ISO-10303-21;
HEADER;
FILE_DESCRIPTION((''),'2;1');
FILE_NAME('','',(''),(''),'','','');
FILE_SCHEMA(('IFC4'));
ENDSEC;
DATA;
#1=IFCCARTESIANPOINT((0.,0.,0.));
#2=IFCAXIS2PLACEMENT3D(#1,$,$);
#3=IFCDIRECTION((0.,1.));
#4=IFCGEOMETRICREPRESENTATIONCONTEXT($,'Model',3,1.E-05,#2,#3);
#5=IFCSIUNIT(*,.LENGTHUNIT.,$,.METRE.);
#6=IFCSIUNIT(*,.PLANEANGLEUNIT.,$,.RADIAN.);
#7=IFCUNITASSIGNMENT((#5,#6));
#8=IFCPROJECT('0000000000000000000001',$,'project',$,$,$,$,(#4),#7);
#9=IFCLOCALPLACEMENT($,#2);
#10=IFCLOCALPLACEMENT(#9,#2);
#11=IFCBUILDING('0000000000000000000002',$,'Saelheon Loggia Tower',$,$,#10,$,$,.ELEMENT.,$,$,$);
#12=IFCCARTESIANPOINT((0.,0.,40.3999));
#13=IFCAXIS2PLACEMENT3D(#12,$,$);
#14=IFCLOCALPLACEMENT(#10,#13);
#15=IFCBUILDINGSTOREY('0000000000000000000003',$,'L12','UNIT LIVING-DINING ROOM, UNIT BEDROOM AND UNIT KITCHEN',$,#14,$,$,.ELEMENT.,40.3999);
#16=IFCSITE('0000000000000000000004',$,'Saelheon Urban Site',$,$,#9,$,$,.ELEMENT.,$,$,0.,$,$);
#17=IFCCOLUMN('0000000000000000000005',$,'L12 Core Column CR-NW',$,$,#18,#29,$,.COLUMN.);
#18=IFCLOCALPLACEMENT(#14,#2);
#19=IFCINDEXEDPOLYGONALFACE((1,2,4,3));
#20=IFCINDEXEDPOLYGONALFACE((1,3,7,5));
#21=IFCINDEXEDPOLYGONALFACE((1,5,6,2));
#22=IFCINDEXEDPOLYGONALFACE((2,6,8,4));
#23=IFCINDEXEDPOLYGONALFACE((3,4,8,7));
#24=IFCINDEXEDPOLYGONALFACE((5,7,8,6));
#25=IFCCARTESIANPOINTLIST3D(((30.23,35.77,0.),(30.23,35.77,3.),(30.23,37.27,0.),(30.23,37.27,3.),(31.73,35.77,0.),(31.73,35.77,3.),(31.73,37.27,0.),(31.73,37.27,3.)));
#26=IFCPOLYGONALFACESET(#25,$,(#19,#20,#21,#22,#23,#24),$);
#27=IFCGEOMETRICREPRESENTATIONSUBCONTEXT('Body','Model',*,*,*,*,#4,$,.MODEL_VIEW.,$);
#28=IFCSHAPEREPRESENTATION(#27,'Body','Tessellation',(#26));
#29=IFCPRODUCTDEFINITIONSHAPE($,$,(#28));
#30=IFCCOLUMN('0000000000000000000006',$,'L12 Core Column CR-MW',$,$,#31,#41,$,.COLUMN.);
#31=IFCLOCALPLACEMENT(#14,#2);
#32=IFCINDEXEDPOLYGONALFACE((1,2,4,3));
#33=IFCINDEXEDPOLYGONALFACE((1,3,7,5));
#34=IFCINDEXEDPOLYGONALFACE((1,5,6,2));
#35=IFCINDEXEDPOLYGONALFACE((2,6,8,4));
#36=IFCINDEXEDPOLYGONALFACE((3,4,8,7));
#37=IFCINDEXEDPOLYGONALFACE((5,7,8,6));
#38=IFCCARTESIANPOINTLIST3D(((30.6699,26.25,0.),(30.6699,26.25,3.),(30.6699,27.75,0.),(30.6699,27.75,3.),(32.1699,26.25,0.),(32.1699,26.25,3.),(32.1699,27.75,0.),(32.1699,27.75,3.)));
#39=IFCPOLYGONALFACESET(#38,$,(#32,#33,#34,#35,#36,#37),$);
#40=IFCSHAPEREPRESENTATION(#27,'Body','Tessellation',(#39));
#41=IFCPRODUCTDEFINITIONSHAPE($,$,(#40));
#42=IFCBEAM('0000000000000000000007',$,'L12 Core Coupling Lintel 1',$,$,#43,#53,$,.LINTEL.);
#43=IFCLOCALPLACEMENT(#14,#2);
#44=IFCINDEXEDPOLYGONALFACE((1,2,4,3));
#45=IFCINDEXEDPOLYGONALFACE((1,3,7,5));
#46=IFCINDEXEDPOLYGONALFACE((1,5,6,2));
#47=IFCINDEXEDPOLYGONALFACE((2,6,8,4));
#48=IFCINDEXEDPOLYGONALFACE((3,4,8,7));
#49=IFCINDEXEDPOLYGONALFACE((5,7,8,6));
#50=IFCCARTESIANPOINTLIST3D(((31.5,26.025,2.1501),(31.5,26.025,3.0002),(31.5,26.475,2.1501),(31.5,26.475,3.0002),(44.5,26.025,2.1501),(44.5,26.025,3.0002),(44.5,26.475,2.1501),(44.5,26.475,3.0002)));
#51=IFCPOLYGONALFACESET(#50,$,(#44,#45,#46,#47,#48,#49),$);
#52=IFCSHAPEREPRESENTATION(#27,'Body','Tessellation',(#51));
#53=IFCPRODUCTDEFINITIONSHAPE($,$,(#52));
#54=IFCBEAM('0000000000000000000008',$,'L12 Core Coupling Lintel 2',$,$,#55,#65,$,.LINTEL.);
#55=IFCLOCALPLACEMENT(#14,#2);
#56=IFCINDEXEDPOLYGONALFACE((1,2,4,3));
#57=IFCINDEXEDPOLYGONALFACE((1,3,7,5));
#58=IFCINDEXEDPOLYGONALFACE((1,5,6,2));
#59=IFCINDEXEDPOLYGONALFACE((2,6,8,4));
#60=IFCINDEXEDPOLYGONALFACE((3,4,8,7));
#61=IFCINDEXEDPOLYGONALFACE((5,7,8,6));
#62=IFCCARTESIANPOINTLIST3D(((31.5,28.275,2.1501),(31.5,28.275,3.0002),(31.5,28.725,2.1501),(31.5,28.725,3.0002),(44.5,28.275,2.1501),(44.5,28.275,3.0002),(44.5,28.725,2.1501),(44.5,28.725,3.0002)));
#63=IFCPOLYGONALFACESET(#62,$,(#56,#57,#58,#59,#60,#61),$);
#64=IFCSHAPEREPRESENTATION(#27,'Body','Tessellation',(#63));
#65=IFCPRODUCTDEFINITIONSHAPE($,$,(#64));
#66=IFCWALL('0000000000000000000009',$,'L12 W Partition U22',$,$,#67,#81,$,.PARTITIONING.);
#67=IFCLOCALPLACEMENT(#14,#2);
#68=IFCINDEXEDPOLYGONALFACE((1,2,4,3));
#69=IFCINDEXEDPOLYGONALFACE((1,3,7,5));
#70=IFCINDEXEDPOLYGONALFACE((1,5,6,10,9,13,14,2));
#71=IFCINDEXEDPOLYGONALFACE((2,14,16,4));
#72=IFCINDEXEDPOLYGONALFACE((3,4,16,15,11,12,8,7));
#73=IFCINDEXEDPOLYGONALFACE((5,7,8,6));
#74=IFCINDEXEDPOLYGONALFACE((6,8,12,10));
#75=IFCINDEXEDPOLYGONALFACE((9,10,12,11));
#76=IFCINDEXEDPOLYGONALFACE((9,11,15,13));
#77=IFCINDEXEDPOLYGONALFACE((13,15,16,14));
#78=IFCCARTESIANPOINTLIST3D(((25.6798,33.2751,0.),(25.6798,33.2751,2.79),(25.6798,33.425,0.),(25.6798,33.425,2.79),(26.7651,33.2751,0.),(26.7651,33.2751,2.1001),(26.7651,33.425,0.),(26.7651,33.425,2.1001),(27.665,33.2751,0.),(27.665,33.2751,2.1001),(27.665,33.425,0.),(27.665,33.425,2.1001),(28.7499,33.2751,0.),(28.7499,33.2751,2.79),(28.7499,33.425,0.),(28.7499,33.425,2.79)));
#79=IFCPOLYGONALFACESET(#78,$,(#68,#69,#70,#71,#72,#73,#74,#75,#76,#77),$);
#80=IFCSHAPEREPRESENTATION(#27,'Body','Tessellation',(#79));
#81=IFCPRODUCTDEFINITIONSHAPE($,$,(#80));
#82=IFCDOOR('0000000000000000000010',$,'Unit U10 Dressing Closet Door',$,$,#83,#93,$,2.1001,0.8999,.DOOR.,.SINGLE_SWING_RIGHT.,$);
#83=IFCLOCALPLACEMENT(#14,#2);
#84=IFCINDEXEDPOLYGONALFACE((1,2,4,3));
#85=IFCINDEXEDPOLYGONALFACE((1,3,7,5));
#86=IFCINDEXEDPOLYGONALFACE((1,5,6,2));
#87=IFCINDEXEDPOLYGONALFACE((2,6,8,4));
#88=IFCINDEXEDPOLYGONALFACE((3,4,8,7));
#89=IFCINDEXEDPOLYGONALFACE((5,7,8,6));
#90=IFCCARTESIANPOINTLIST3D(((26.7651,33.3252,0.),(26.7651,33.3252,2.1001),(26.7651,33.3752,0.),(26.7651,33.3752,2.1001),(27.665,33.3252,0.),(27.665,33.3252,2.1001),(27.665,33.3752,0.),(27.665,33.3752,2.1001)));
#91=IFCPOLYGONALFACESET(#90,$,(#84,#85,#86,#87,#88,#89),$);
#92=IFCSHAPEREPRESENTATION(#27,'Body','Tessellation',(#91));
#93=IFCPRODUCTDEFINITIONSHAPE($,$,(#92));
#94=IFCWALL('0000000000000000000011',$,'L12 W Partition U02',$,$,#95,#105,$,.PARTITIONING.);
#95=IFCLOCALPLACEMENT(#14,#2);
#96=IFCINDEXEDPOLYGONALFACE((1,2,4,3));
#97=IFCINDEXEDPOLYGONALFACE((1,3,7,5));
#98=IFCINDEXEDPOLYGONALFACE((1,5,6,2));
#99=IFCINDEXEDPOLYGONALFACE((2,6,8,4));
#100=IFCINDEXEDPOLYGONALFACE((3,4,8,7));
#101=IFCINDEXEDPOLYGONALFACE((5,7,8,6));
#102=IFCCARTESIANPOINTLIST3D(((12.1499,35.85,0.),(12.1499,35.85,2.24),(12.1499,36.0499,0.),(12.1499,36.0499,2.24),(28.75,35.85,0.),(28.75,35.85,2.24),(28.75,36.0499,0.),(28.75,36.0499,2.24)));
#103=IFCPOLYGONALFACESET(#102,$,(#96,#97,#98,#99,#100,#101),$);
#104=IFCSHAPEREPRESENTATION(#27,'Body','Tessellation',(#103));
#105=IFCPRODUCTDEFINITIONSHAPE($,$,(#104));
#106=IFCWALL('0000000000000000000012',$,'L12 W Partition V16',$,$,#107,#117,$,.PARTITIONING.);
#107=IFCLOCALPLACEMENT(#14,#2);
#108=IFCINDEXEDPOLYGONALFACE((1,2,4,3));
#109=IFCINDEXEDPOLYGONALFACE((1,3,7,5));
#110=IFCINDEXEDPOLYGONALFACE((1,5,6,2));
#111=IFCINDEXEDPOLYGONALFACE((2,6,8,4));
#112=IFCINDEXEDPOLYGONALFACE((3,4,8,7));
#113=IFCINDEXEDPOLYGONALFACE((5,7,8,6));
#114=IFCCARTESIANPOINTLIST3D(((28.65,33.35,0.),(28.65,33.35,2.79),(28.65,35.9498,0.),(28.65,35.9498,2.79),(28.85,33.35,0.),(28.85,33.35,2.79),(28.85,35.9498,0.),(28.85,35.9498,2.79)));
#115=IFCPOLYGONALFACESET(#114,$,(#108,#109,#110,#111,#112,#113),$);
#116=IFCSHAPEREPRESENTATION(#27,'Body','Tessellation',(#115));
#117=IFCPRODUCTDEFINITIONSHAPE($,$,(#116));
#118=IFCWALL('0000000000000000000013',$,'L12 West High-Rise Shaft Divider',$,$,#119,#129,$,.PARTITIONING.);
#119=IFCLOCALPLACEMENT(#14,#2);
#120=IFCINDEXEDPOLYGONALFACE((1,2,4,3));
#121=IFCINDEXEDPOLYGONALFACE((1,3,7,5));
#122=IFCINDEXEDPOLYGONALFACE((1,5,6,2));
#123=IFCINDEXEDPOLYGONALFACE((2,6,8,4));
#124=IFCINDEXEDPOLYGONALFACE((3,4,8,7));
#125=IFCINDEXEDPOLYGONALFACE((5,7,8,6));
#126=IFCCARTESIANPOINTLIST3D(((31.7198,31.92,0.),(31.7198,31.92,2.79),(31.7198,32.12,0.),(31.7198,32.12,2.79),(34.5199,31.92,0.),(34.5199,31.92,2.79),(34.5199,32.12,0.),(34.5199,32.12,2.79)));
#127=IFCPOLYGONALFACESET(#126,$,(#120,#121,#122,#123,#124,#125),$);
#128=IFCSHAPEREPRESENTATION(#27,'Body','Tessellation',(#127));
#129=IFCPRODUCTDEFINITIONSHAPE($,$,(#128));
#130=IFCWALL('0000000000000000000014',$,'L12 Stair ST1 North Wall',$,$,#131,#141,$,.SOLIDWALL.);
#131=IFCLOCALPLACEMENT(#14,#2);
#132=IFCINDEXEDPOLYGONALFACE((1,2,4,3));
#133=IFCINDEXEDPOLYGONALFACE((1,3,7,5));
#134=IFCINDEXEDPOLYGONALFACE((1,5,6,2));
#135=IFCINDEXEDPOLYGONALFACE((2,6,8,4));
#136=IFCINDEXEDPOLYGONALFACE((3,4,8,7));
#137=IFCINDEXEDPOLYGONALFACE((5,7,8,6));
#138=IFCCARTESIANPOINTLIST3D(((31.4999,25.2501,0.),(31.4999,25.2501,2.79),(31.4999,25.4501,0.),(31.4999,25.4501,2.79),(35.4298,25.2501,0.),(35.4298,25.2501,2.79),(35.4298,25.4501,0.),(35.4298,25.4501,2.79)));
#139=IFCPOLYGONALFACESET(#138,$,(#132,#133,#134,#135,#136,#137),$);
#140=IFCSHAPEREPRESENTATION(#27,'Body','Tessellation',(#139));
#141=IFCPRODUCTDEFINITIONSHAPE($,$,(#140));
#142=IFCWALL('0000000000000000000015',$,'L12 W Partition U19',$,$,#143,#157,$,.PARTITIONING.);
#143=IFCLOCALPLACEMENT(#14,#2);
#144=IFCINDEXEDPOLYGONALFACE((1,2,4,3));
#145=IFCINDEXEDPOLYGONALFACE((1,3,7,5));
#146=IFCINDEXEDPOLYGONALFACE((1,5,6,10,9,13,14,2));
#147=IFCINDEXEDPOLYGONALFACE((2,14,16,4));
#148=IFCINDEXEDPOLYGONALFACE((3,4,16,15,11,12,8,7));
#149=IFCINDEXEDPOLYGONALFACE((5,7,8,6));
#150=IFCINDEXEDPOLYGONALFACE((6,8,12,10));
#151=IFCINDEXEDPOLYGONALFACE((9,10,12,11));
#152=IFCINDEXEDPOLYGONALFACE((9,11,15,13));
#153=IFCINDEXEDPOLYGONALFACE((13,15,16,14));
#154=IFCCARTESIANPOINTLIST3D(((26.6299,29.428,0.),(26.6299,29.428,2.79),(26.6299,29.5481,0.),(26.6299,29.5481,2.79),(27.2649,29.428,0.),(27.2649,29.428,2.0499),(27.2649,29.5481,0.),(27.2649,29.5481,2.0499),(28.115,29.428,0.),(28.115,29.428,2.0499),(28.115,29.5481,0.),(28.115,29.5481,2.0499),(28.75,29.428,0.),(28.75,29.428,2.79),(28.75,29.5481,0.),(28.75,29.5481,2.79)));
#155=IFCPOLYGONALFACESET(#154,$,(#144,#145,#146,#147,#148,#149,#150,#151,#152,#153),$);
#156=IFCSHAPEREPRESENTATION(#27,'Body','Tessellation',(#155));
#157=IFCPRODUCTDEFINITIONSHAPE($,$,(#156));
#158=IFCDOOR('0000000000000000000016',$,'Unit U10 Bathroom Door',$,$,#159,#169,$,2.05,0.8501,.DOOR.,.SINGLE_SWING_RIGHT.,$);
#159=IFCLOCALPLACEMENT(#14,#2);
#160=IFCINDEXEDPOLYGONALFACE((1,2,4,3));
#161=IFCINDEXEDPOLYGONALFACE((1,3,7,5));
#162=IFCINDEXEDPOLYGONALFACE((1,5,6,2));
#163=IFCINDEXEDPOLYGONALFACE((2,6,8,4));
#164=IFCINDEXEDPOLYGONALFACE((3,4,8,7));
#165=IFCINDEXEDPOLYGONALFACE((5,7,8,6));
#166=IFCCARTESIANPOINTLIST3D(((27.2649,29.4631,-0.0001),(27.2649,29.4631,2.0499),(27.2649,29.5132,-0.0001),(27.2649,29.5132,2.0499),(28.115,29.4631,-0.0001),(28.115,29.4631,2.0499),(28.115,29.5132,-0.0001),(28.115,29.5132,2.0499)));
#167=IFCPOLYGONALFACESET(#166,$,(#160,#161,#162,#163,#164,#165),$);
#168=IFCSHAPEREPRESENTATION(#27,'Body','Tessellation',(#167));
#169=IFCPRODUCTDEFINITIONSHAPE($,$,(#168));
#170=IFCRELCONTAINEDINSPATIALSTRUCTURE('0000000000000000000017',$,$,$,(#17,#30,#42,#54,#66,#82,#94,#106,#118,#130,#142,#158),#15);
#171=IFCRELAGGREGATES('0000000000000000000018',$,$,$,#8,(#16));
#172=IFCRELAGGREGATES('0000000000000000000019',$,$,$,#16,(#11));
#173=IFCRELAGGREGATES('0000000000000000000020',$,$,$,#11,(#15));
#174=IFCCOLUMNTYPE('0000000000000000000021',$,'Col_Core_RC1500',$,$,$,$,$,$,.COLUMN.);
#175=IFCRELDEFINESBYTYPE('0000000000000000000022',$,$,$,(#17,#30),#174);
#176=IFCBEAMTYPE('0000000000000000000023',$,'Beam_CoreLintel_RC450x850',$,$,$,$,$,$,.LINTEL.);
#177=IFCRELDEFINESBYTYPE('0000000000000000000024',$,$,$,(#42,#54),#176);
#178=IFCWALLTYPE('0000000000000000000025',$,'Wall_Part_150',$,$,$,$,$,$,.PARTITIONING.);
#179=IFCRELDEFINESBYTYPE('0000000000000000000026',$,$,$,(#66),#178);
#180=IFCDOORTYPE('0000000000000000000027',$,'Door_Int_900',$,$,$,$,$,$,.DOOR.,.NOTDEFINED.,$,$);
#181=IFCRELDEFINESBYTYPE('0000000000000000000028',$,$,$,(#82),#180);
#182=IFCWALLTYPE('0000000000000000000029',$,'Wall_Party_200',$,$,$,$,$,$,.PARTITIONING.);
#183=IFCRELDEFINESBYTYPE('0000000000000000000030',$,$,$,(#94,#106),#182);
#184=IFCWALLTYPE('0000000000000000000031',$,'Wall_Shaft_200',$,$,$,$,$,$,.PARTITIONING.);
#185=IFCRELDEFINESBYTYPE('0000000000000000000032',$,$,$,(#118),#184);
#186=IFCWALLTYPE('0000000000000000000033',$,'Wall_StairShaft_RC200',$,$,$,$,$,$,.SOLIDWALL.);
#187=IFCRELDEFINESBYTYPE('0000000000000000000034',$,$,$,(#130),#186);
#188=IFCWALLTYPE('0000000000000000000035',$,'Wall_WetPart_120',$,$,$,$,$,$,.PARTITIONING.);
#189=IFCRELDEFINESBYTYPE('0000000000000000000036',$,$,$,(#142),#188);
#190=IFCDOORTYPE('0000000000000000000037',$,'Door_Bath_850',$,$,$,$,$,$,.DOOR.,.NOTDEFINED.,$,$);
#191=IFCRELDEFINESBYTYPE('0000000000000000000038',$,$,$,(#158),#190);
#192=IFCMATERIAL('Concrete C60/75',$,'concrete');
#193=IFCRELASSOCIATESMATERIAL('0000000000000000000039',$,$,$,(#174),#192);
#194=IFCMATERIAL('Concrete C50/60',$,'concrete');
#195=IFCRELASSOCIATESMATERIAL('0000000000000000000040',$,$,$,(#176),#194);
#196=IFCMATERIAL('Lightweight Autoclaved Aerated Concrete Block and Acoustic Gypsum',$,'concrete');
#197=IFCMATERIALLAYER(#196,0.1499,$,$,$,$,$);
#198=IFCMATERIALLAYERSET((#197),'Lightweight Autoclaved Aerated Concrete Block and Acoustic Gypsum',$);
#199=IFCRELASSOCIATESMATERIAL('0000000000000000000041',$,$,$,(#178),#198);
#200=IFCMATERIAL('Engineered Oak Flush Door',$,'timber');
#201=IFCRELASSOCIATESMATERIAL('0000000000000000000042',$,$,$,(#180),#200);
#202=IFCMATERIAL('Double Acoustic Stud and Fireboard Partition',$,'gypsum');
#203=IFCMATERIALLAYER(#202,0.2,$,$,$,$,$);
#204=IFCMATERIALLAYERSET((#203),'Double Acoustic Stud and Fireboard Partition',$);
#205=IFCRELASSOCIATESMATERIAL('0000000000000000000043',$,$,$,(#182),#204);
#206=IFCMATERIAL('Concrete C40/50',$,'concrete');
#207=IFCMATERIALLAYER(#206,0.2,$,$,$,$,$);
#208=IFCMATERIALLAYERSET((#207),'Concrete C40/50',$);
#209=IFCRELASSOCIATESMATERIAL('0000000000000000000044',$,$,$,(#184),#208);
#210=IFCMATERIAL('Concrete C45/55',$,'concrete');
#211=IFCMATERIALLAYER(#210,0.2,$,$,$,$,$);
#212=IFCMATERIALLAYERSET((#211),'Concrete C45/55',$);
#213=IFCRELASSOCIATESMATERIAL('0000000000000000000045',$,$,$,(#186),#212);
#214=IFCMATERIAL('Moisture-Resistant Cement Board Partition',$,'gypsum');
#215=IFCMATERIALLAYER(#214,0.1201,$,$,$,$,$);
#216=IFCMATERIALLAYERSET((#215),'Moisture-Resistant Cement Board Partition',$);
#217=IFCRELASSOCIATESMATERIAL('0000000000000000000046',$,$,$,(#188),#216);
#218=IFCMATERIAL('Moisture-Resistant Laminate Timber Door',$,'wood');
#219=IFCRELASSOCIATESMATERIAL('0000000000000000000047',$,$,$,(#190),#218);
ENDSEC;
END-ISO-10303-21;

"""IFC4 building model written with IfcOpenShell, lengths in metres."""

from ifc_helpers import new_model, si_unit, direction, frame, frame_2d, origin, origin_2d, place, context, subcontext, project, spatial, rectangle, extrude, source, transform, mapped, material, layer, layer_set, material_profile, profile_set, type_object, element, fill, save


model = new_model("IFC4")

# Units and contexts
model_context = context("Model", 3, precision=1e-05, world=origin(), true_north=direction((0.0, 1.0)))
body_context = subcontext(model_context, "Body", "Model", "MODEL_VIEW")
ifc_project = project(units=[si_unit("LENGTHUNIT", "METRE"), si_unit("PLANEANGLEUNIT", "RADIAN")], contexts=[model_context])

# Site, building, storey
site_placement = place(None, origin())
site = spatial("IfcSite", under=ifc_project, at=site_placement, Name="Saelheon Urban Site", CompositionType="ELEMENT", RefElevation=0.0)
building_placement = place(site_placement, origin())
building = spatial("IfcBuilding", under=site, at=building_placement, Name="Saelheon Loggia Tower", CompositionType="ELEMENT")
storey_placement = place(building_placement, frame((0.0, 0.0, 40.3999)))
storey = spatial("IfcBuildingStorey", under=building, at=storey_placement, Name="L12", Description="UNIT LIVING-DINING ROOM, UNIT BEDROOM AND UNIT KITCHEN", CompositionType="ELEMENT", Elevation=40.3999)

# Columns
ifc_material_1 = material(Name="Concrete C60/75", Category="concrete")
ifc_material_profile_1 = material_profile(ifc_material_1, rectangle(XDim=1.5, YDim=1.5, at=origin_2d()), Name="RC-1500x1500")
ifc_profile_set_1 = profile_set([ifc_material_profile_1], Name="Concrete C60/75")
column_type = type_object("IfcColumnType", Name="Col_Core_RC1500", PredefinedType="COLUMN", material=ifc_profile_set_1)
shared_shape_1 = source(origin(), body_context, "Body", "SweptSolid", [
    extrude(rectangle(XDim=1.5, YDim=1.5, at=origin_2d()), origin(), (0.0, 0.0, 1.0), 3.0),
])
for number, where, z_axis, x_axis, name in (
    (1, (30.98, 36.52, 0.0), (0.0, 0.0, 1.0), (1.0, 0.0, 0.0), "L12 Core Column CR-NW"),
    (2, (31.4199, 27.0, 0.0), (0.0, 0.0, 1.0), (1.0, 0.0, 0.0), "L12 Core Column CR-MW"),
):
    element("IfcColumn", number, at=place(storey_placement, frame(where, z_axis=z_axis, x_axis=x_axis)), inside=storey, type_object=column_type, Name=name, PredefinedType="COLUMN", context=body_context, shape_type="MappedRepresentation", body=[
        mapped(shared_shape_1, transform((0.0, 0.0, 0.0), scale=1.0)),
    ])

# Beams
ifc_material_2 = material(Name="Concrete C50/60", Category="concrete")
ifc_material_profile_2 = material_profile(ifc_material_2, rectangle(XDim=0.45, YDim=0.8501, at=origin_2d()), Name="RC-450x850")
ifc_profile_set_2 = profile_set([ifc_material_profile_2], Name="Concrete C50/60")
beam_type = type_object("IfcBeamType", Name="Beam_CoreLintel_RC450x850", PredefinedType="LINTEL", material=ifc_profile_set_2)
shared_shape_2 = source(origin(), body_context, "Body", "SweptSolid", [
    extrude(rectangle(XDim=0.45, YDim=0.8501, at=origin_2d()), origin(), (0.0, 0.0, 1.0), 13.0),
])
for number, where, z_axis, x_axis, name in (
    (3, (31.5, 26.25, 2.5752), (1.0, 0.0, 0.0), (0.0, 1.0, 0.0), "L12 Core Coupling Lintel 1"),
    (4, (31.5, 28.5, 2.5752), (1.0, 0.0, 0.0), (0.0, 1.0, 0.0), "L12 Core Coupling Lintel 2"),
):
    element("IfcBeam", number, at=place(storey_placement, frame(where, z_axis=z_axis, x_axis=x_axis)), inside=storey, type_object=beam_type, Name=name, PredefinedType="LINTEL", context=body_context, shape_type="MappedRepresentation", body=[
        mapped(shared_shape_2, transform((0.0, 0.0, 0.0), scale=1.0)),
    ])

# Wall, opening, door
ifc_material_3 = material(Name="Lightweight Autoclaved Aerated Concrete Block and Acoustic Gypsum", Category="concrete")
ifc_layer_1 = layer(ifc_material_3, 0.1499)
ifc_layer_set_1 = layer_set([ifc_layer_1], Name="Lightweight Autoclaved Aerated Concrete Block and Acoustic Gypsum")
wall_type_1 = type_object("IfcWallType", Name="Wall_Part_150", PredefinedType="PARTITIONING", material=ifc_layer_set_1)
wall_1_placement = place(storey_placement, frame((28.75, 33.3501, 0.0), z_axis=(0.0, 0.0, 1.0), x_axis=(-1.0, 0.0, 0.0)))
wall_1 = element("IfcWall", 5, at=wall_1_placement, inside=storey, type_object=wall_type_1, Name="L12 W Partition U22", PredefinedType="PARTITIONING", context=body_context, shape_type="SweptSolid", body=[
    extrude(rectangle(XDim=3.0701, YDim=0.1499, at=frame_2d((1.5352, 0.0))), origin(), (0.0, 0.0, 1.0), 2.79),
])
opening_1_placement = place(wall_1_placement, frame((1.085, 0.0, 0.0)))
opening_1 = element("IfcOpeningElement", 6, at=opening_1_placement, cuts=wall_1, PredefinedType="OPENING", context=body_context, shape_type="SweptSolid", body=[
    extrude(rectangle(XDim=0.8999, YDim=2.1001, at=frame_2d((0.45, 1.05))), frame((0.0, 0.0869, 0.0), z_axis=(0.0, -1.0, 0.0), x_axis=(1.0, 0.0, 0.0)), (0.0, 0.0, 1.0), 0.1738),
])
ifc_material_4 = material(Name="Engineered Oak Flush Door", Category="timber")
door_type_1 = type_object("IfcDoorType", Name="Door_Int_900", OperationType="NOTDEFINED", PredefinedType="DOOR", material=ifc_material_4)
shared_shape_3 = source(origin(), body_context, "Body", "SweptSolid", [
    extrude(rectangle(XDim=0.8999, YDim=2.1001, at=frame_2d((0.45, 1.05))), frame((0.0, 0.0249, 0.0), z_axis=(0.0, -1.0, 0.0), x_axis=(1.0, 0.0, 0.0)), (0.0, 0.0, 1.0), 0.05),
])
door_1_placement = place(opening_1_placement, origin())
door_1 = element("IfcDoor", 7, at=door_1_placement, inside=storey, type_object=door_type_1, Name="Unit U10 Dressing Closet Door", OperationType="SINGLE_SWING_RIGHT", OverallHeight=2.1001, OverallWidth=0.8999, PredefinedType="DOOR", context=body_context, shape_type="MappedRepresentation", body=[
    mapped(shared_shape_3, transform((0.0, 0.0, 0.0), scale=1.0)),
])
fill(opening_1, door_1)

# Wall
ifc_material_5 = material(Name="Double Acoustic Stud and Fireboard Partition", Category="gypsum")
ifc_layer_2 = layer(ifc_material_5, 0.2)
ifc_layer_set_2 = layer_set([ifc_layer_2], Name="Double Acoustic Stud and Fireboard Partition")
wall_type_2 = type_object("IfcWallType", Name="Wall_Party_200", PredefinedType="PARTITIONING", material=ifc_layer_set_2)
wall_2_placement = place(storey_placement, frame((28.75, 35.95, 0.0), z_axis=(0.0, 0.0, 1.0), x_axis=(-1.0, 0.0, 0.0)))
element("IfcWall", 8, at=wall_2_placement, inside=storey, type_object=wall_type_2, Name="L12 W Partition U02", PredefinedType="PARTITIONING", context=body_context, shape_type="SweptSolid", body=[
    extrude(rectangle(XDim=16.6001, YDim=0.2, at=frame_2d((8.3, 0.0))), origin(), (0.0, 0.0, 1.0), 2.24),
])

# Walls
wall_3_placement = place(storey_placement, frame((28.75, 33.3501, 0.0), z_axis=(0.0, 0.0, 1.0), x_axis=(0.0, 1.0, 0.0)))
element("IfcWall", 9, at=wall_3_placement, inside=storey, type_object=wall_type_2, Name="L12 W Partition V16", PredefinedType="PARTITIONING", context=body_context, shape_type="SweptSolid", body=[
    extrude(rectangle(XDim=2.5999, YDim=0.2, at=frame_2d((1.2998, 0.0))), origin(), (0.0, 0.0, 1.0), 2.79),
])
ifc_material_6 = material(Name="Concrete C40/50", Category="concrete")
ifc_layer_3 = layer(ifc_material_6, 0.2)
ifc_layer_set_3 = layer_set([ifc_layer_3], Name="Concrete C40/50")
wall_type_3 = type_object("IfcWallType", Name="Wall_Shaft_200", PredefinedType="PARTITIONING", material=ifc_layer_set_3)
wall_4_placement = place(storey_placement, frame((31.72, 32.02, 0.0), z_axis=(0.0, 0.0, 1.0), x_axis=(1.0, 0.0, 0.0)))
element("IfcWall", 10, at=wall_4_placement, inside=storey, type_object=wall_type_3, Name="L12 West High-Rise Shaft Divider", PredefinedType="PARTITIONING", context=body_context, shape_type="SweptSolid", body=[
    extrude(rectangle(XDim=2.8, YDim=0.2, at=frame_2d((1.3999, 0.0))), origin(), (0.0, 0.0, 1.0), 2.79),
])
ifc_material_7 = material(Name="Concrete C45/55", Category="concrete")
ifc_layer_4 = layer(ifc_material_7, 0.2)
ifc_layer_set_4 = layer_set([ifc_layer_4], Name="Concrete C45/55")
wall_type_4 = type_object("IfcWallType", Name="Wall_StairShaft_RC200", PredefinedType="SOLIDWALL", material=ifc_layer_set_4)
wall_5_placement = place(storey_placement, frame((31.5, 25.3501, 0.0), z_axis=(0.0, 0.0, 1.0), x_axis=(1.0, 0.0, 0.0)))
element("IfcWall", 11, at=wall_5_placement, inside=storey, type_object=wall_type_4, Name="L12 Stair ST1 North Wall", PredefinedType="SOLIDWALL", context=body_context, shape_type="SweptSolid", body=[
    extrude(rectangle(XDim=3.9299, YDim=0.2, at=frame_2d((1.9648, 0.0))), origin(), (0.0, 0.0, 1.0), 2.79),
])

# Wall, opening, door
ifc_material_8 = material(Name="Moisture-Resistant Cement Board Partition", Category="gypsum")
ifc_layer_5 = layer(ifc_material_8, 0.1201)
ifc_layer_set_5 = layer_set([ifc_layer_5], Name="Moisture-Resistant Cement Board Partition")
wall_type_5 = type_object("IfcWallType", Name="Wall_WetPart_120", PredefinedType="PARTITIONING", material=ifc_layer_set_5)
wall_6_placement = place(storey_placement, frame((28.75, 29.488, 0.0), z_axis=(0.0, 0.0, 1.0), x_axis=(-1.0, 0.0, 0.0)))
wall_6 = element("IfcWall", 12, at=wall_6_placement, inside=storey, type_object=wall_type_5, Name="L12 W Partition U19", PredefinedType="PARTITIONING", context=body_context, shape_type="SweptSolid", body=[
    extrude(rectangle(XDim=2.1201, YDim=0.1201, at=frame_2d((1.0601, 0.0))), origin(), (0.0, 0.0, 1.0), 2.79),
])
opening_2_placement = place(wall_6_placement, frame((0.635, 0.0, 0.0)))
opening_2 = element("IfcOpeningElement", 13, at=opening_2_placement, cuts=wall_6, PredefinedType="OPENING", context=body_context, shape_type="SweptSolid", body=[
    extrude(rectangle(XDim=0.8501, YDim=2.05, at=frame_2d((0.425, 1.0249))), frame((0.0, 0.072, 0.0), z_axis=(0.0, -1.0, 0.0), x_axis=(1.0, 0.0, 0.0)), (0.0, 0.0, 1.0), 0.144),
])
ifc_material_9 = material(Name="Moisture-Resistant Laminate Timber Door", Category="wood")
door_type_2 = type_object("IfcDoorType", Name="Door_Bath_850", OperationType="NOTDEFINED", PredefinedType="DOOR", material=ifc_material_9)
shared_shape_4 = source(origin(), body_context, "Body", "SweptSolid", [
    extrude(rectangle(XDim=0.8501, YDim=2.05, at=frame_2d((0.425, 1.0249))), frame((0.0, 0.0249, 0.0), z_axis=(0.0, -1.0, 0.0), x_axis=(1.0, 0.0, 0.0)), (0.0, 0.0, 1.0), 0.05),
])
door_2_placement = place(opening_2_placement, origin())
door_2 = element("IfcDoor", 14, at=door_2_placement, inside=storey, type_object=door_type_2, Name="Unit U10 Bathroom Door", OperationType="SINGLE_SWING_RIGHT", OverallHeight=2.05, OverallWidth=0.8501, PredefinedType="DOOR", context=body_context, shape_type="MappedRepresentation", body=[
    mapped(shared_shape_4, transform((0.0, 0.0, 0.0), scale=1.0)),
])
fill(opening_2, door_2)

save(model, "model.ifc")
